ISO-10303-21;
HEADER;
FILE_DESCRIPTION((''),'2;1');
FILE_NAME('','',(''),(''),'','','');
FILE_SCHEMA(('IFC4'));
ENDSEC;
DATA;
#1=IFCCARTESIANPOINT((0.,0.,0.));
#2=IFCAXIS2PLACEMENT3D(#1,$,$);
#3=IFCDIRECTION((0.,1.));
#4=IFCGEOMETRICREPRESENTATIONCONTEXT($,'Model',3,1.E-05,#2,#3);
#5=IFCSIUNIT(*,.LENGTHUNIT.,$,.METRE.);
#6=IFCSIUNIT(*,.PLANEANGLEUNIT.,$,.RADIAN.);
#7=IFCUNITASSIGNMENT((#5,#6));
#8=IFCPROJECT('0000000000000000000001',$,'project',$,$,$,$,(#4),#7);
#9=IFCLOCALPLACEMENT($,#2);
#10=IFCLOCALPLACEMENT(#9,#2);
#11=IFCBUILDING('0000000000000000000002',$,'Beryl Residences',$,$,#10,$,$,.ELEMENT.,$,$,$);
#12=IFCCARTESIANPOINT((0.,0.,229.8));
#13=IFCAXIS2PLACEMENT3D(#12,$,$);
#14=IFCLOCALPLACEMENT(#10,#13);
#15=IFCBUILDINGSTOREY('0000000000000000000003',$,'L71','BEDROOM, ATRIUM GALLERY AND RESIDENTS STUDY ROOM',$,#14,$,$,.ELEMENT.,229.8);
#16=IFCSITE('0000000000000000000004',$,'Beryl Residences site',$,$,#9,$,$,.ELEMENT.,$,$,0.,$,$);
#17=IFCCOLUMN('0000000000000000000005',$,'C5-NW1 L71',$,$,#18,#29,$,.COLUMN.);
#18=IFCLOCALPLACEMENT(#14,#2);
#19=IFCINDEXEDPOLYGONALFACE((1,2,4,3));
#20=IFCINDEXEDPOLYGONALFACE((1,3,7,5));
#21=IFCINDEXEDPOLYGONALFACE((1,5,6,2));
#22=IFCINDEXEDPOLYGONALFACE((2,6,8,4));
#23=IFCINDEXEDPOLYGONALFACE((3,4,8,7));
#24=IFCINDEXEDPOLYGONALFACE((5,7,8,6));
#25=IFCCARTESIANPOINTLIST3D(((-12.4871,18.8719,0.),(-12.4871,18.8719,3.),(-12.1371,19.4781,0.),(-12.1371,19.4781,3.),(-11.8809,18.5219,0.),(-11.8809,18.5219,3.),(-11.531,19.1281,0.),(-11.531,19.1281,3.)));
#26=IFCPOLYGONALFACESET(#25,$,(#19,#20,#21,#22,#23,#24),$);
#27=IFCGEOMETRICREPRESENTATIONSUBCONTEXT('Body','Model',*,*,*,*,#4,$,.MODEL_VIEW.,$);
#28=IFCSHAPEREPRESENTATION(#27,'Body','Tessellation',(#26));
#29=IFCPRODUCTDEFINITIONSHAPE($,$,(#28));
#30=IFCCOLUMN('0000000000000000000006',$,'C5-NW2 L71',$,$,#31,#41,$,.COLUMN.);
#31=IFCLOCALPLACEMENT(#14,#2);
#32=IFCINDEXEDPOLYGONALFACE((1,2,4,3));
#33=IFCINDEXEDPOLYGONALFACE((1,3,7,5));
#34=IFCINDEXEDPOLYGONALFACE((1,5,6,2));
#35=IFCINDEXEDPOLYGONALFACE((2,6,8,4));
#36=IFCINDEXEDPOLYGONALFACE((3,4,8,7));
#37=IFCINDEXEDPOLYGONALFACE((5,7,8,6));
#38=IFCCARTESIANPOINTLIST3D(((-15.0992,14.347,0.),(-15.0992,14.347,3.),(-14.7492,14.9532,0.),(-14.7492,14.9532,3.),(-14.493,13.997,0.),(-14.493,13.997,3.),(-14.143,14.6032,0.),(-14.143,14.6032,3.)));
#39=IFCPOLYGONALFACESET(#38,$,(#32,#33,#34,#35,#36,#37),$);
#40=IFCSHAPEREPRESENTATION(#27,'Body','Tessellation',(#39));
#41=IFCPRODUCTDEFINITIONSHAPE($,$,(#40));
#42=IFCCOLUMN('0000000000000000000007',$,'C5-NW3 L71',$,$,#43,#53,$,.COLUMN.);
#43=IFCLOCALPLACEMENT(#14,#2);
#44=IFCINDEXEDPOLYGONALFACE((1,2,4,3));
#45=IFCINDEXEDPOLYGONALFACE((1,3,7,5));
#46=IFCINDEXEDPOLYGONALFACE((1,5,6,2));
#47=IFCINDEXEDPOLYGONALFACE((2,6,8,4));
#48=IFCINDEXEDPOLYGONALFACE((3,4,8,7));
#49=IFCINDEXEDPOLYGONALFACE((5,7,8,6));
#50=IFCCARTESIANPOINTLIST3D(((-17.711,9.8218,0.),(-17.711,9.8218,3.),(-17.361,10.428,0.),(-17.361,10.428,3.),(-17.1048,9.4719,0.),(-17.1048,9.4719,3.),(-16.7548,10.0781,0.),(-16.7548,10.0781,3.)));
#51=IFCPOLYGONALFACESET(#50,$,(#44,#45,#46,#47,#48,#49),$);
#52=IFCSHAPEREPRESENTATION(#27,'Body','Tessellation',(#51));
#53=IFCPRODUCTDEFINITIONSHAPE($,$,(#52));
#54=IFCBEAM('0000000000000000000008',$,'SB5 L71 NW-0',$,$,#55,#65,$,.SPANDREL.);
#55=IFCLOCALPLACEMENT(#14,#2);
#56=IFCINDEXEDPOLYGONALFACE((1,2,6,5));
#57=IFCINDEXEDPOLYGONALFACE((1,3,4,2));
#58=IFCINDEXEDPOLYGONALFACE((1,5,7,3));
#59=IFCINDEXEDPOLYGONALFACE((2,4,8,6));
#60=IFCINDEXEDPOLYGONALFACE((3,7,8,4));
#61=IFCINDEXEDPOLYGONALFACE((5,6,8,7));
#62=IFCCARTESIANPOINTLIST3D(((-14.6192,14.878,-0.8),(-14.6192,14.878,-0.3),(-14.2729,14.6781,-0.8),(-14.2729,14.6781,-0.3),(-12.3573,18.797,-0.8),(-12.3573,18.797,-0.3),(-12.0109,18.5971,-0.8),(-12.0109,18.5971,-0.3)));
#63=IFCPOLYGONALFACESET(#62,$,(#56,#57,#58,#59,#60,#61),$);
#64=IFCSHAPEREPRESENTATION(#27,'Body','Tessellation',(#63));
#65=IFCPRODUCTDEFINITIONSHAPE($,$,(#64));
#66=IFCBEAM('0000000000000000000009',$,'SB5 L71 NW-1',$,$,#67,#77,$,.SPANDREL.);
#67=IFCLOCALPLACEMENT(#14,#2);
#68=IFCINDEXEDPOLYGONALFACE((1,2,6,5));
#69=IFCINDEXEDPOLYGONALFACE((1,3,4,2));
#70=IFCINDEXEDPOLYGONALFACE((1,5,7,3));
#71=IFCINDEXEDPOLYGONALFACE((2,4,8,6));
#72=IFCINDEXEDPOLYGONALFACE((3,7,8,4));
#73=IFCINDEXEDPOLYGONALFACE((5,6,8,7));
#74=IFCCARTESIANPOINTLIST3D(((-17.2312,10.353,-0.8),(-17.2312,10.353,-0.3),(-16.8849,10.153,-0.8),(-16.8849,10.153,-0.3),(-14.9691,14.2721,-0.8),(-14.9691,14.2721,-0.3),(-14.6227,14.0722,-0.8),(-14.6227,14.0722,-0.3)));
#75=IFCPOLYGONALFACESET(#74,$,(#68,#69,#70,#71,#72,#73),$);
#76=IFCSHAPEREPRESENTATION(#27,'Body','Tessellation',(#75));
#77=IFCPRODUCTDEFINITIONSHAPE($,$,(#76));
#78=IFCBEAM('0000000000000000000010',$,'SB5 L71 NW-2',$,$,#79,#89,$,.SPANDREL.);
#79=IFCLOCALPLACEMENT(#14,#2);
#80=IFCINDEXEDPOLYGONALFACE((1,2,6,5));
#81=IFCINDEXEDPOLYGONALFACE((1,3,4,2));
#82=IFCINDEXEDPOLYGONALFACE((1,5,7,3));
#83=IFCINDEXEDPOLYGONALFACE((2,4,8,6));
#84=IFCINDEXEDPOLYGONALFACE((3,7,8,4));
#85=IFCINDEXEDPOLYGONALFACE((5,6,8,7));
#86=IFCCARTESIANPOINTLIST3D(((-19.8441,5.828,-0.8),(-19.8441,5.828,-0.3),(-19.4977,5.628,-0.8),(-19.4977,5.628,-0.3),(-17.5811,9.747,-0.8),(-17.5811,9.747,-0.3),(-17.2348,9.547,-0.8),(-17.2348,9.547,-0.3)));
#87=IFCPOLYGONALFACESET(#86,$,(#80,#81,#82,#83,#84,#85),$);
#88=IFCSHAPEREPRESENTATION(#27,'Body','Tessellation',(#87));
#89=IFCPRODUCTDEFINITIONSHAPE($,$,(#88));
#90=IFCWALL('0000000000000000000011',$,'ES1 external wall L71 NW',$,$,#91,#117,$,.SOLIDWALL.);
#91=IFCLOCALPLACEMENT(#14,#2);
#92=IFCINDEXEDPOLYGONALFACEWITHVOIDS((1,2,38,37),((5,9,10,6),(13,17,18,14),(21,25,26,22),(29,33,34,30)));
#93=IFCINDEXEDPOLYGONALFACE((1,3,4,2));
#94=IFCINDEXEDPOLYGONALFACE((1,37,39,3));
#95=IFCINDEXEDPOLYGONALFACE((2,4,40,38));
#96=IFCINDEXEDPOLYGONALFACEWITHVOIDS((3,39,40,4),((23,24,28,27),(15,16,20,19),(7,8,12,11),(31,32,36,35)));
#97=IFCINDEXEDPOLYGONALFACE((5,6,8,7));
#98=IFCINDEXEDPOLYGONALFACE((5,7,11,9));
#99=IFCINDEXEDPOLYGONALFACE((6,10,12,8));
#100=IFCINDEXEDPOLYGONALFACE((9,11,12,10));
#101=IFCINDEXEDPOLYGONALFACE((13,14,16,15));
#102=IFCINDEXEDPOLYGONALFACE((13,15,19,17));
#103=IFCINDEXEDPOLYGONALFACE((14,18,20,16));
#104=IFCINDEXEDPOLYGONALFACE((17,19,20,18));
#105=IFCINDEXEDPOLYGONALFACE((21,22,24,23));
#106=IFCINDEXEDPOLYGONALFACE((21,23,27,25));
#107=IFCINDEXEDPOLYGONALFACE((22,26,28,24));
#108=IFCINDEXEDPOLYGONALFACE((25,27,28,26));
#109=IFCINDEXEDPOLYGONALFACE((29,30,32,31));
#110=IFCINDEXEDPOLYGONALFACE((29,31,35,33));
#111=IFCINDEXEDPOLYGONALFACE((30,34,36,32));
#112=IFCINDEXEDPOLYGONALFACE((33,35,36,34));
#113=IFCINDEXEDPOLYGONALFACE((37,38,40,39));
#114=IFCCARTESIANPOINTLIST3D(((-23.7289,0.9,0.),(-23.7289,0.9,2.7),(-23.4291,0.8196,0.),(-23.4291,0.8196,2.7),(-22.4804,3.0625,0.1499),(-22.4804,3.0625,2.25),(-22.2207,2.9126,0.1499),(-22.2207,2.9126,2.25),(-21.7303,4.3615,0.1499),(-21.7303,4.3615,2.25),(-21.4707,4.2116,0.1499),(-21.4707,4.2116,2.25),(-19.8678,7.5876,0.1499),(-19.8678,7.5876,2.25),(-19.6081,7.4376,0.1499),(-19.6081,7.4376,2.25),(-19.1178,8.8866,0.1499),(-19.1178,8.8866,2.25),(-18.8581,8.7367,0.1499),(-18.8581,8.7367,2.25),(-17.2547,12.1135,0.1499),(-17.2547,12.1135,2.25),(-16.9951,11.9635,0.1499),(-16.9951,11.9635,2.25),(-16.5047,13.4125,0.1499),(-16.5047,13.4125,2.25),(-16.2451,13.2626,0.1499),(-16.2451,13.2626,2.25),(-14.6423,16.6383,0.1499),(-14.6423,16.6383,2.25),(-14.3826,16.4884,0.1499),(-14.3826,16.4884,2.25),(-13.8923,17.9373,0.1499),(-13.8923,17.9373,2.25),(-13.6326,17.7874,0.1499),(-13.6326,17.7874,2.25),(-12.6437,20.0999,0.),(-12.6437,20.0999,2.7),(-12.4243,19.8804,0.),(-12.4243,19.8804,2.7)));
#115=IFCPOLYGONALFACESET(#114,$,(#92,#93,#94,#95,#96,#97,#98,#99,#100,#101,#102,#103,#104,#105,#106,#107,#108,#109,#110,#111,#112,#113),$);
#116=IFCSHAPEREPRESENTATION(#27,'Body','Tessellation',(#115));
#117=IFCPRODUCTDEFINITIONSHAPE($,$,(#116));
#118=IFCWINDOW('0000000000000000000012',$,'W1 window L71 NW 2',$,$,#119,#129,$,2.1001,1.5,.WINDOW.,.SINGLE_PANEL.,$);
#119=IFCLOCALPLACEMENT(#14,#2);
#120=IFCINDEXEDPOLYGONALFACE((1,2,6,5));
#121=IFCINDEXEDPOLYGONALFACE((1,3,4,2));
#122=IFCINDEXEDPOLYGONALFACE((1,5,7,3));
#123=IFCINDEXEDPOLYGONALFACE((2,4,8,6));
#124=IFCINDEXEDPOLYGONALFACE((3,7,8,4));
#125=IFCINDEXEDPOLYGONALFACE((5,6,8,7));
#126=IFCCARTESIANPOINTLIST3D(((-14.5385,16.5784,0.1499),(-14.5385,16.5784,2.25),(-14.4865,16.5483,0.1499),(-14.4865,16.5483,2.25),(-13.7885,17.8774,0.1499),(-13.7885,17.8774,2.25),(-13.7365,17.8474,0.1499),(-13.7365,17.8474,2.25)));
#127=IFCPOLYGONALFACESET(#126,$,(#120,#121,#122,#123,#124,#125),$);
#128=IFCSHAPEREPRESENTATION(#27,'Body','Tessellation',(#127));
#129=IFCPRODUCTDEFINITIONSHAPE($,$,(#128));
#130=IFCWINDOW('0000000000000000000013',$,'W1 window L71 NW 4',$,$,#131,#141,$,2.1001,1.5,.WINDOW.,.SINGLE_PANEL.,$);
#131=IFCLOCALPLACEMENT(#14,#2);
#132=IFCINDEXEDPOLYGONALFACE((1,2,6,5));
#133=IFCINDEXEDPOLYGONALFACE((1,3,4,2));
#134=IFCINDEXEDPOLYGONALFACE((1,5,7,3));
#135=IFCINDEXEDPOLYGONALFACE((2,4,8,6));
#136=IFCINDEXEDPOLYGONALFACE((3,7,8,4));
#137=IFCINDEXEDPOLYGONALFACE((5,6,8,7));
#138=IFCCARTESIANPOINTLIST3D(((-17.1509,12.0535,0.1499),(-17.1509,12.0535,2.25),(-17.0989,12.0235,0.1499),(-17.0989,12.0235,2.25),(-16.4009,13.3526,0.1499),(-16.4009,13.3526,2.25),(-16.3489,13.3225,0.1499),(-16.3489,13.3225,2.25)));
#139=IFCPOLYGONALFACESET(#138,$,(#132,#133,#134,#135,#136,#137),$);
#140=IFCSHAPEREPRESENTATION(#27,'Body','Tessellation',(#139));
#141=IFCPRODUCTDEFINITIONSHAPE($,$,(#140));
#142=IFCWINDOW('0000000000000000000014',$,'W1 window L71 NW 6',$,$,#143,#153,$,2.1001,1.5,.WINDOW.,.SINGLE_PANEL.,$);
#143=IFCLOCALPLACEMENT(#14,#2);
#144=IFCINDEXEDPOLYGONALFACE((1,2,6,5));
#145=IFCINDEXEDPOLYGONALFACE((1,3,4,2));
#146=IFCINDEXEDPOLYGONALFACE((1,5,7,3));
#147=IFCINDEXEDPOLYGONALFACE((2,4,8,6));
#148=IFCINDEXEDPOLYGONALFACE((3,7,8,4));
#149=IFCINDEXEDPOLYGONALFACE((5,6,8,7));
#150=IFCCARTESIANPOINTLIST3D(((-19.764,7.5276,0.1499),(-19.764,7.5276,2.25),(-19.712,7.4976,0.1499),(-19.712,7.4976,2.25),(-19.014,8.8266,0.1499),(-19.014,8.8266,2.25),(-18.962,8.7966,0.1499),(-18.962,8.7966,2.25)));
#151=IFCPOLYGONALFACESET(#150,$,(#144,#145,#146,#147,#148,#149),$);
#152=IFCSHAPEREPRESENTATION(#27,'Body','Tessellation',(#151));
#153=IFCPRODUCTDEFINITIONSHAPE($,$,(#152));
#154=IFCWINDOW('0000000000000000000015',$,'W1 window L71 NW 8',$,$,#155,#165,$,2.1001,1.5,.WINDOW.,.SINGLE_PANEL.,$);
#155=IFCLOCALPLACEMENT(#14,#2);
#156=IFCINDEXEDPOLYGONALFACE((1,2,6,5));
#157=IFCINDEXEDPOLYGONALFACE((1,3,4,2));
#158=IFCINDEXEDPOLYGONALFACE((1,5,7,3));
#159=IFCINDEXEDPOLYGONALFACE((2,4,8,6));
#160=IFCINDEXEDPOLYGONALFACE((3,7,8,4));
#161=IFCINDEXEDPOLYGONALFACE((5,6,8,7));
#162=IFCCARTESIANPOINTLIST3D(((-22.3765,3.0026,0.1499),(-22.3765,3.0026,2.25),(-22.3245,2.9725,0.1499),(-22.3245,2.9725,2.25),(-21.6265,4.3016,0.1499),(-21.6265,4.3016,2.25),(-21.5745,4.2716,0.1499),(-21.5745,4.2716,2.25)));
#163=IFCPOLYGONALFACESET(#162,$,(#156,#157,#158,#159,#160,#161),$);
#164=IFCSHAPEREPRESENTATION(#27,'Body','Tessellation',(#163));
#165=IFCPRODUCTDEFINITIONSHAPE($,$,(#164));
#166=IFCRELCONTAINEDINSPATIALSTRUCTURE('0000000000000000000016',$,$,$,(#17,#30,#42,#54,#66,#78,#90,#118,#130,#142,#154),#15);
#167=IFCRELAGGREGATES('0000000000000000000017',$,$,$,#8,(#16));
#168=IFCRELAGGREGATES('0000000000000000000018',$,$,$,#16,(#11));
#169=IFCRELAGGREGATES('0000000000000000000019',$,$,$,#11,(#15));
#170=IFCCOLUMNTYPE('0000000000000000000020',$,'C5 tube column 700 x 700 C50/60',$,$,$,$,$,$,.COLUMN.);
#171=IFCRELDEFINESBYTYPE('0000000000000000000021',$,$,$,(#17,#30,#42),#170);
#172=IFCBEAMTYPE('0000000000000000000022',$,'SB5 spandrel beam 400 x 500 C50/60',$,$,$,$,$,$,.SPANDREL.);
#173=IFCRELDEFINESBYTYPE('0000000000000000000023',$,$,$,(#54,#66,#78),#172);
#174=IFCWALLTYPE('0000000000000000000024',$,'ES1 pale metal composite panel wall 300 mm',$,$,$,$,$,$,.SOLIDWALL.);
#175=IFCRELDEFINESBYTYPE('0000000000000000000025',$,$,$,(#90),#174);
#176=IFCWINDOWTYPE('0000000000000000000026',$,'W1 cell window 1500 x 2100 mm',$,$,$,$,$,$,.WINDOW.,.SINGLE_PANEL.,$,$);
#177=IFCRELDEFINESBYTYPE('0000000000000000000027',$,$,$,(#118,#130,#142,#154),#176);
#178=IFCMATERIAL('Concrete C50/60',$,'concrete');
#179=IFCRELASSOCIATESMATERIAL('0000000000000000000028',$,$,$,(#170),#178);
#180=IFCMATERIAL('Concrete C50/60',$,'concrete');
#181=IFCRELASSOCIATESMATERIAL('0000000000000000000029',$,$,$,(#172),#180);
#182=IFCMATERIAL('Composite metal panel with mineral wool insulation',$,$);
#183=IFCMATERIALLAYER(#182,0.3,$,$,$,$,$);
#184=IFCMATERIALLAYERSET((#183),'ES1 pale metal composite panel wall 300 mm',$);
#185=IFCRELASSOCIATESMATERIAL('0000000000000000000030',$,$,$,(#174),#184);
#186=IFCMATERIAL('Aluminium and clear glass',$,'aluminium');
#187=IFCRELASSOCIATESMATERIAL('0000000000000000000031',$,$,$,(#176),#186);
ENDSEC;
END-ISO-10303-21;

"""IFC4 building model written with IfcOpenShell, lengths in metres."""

from ifc_helpers import new_model, si_unit, direction, frame, frame_2d, origin, origin_2d, place, context, subcontext, project, spatial, polyline, rectangle, outline, extrude, material, layer, layer_set, material_profile, profile_set, type_object, element, fill, save


model = new_model("IFC4")

# Units and contexts
model_context = context("Model", 3, precision=1e-05, world=origin(), true_north=direction((0.0, 1.0)))
body_context = subcontext(model_context, "Body", "Model", "MODEL_VIEW")
ifc_project = project(units=[si_unit("LENGTHUNIT", "METRE"), si_unit("PLANEANGLEUNIT", "RADIAN")], contexts=[model_context])

# Site, building, storey
site_placement = place(None, origin())
site = spatial("IfcSite", under=ifc_project, at=site_placement, Name="Beryl Residences site", CompositionType="ELEMENT", RefElevation=0.0)
building_placement = place(site_placement, origin())
building = spatial("IfcBuilding", under=site, at=building_placement, Name="Beryl Residences", CompositionType="ELEMENT")
storey_placement = place(building_placement, frame((0.0, 0.0, 229.8)))
storey = spatial("IfcBuildingStorey", under=building, at=storey_placement, Name="L71", Description="BEDROOM, ATRIUM GALLERY AND RESIDENTS STUDY ROOM", CompositionType="ELEMENT", Elevation=229.8)

# Columns
ifc_material_1 = material(Name="Concrete C50/60", Category="concrete")
ifc_material_profile_1 = material_profile(ifc_material_1, rectangle(XDim=0.7, YDim=0.7, at=origin_2d()))
ifc_profile_set_1 = profile_set([ifc_material_profile_1], Name="Concrete C50/60")
column_type = type_object("IfcColumnType", Name="C5 tube column 700 x 700 C50/60", PredefinedType="COLUMN", material=ifc_profile_set_1)
for number, where, z_axis, x_axis, name in (
    (1, (-12.009, 19.0, 0.0), (0.0, 0.0, 1.0), (-0.49997, -0.866043, 0.0), "C5-NW1 L71"),
    (2, (-14.6211, 14.4751, 0.0), (0.0, 0.0, 1.0), (-0.49997, -0.866043, 0.0), "C5-NW2 L71"),
    (3, (-17.2329, 9.95, 0.0), (0.0, 0.0, 1.0), (-0.49997, -0.866043, 0.0), "C5-NW3 L71"),
):
    element("IfcColumn", number, at=place(storey_placement, frame(where, z_axis=z_axis, x_axis=x_axis)), inside=storey, type_object=column_type, Name=name, PredefinedType="COLUMN", context=body_context, shape_type="SweptSolid", body=[
        extrude(rectangle(XDim=0.7, YDim=0.7, at=origin_2d()), origin(), (0.0, 0.0, 1.0), 3.0),
    ])

# Beams
ifc_material_2 = material(Name="Concrete C50/60", Category="concrete")
ifc_material_profile_2 = material_profile(ifc_material_2, rectangle(XDim=0.3999, YDim=0.5, at=origin_2d()))
ifc_profile_set_2 = profile_set([ifc_material_profile_2], Name="Concrete C50/60")
beam_type = type_object("IfcBeamType", Name="SB5 spandrel beam 400 x 500 C50/60", PredefinedType="SPANDREL", material=ifc_profile_set_2)
beam_1_placement = place(storey_placement, frame((-12.1841, 18.697, -0.55), z_axis=(-0.499894, -0.866087, 0.0), x_axis=(0.866087, -0.499894, 0.0)))
element("IfcBeam", 4, at=beam_1_placement, inside=storey, type_object=beam_type, Name="SB5 L71 NW-0", PredefinedType="SPANDREL", context=body_context, shape_type="SweptSolid", body=[
    extrude(rectangle(XDim=0.3999, YDim=0.5, at=origin_2d()), origin(), (0.0, 0.0, 1.0), 4.5249),
])
beam_2_placement = place(storey_placement, frame((-14.7959, 14.1721, -0.55), z_axis=(-0.499911, -0.866077, 0.0), x_axis=(0.866077, -0.499911, 0.0)))
element("IfcBeam", 5, at=beam_2_placement, inside=storey, type_object=beam_type, Name="SB5 L71 NW-1", PredefinedType="SPANDREL", context=body_context, shape_type="SweptSolid", body=[
    extrude(rectangle(XDim=0.3999, YDim=0.5, at=origin_2d()), origin(), (0.0, 0.0, 1.0), 4.5251),
])
beam_3_placement = place(storey_placement, frame((-17.408, 9.647, -0.55), z_axis=(-0.500056, -0.865993, 0.0), x_axis=(0.865993, -0.500056, 0.0)))
element("IfcBeam", 6, at=beam_3_placement, inside=storey, type_object=beam_type, Name="SB5 L71 NW-2", PredefinedType="SPANDREL", context=body_context, shape_type="SweptSolid", body=[
    extrude(rectangle(XDim=0.3999, YDim=0.5, at=origin_2d()), origin(), (0.0, 0.0, 1.0), 4.5254),
])

# Wall, openings, windows
ifc_material_3 = material(Name="Composite metal panel with mineral wool insulation")
ifc_layer_1 = layer(ifc_material_3, 0.3)
ifc_layer_set_1 = layer_set([ifc_layer_1], Name="ES1 pale metal composite panel wall 300 mm")
wall_type_1 = type_object("IfcWallType", Name="ES1 pale metal composite panel wall 300 mm", PredefinedType="SOLIDWALL", material=ifc_layer_set_1)
wall_1_placement = place(storey_placement, frame((-12.5139, 20.0249, 0.0), z_axis=(0.0, 0.0, 1.0), x_axis=(-0.500004, -0.866023, 0.0)))
wall_1 = element("IfcWall", 7, at=wall_1_placement, inside=storey, type_object=wall_type_1, Name="ES1 external wall L71 NW", PredefinedType="SOLIDWALL", context=body_context, shape_type="SweptSolid", body=[
    extrude(outline(polyline([(0.0, -0.1499), (22.1702, -0.1499), (22.0898, 0.1499), (0.0803, 0.1499), (0.0, -0.1499)])), origin(), (0.0, 0.0, 1.0), 2.7),
])
opening_1_placement = place(wall_1_placement, frame((2.4971, 0.0, 0.1499)))
opening_1 = element("IfcOpeningElement", 8, at=opening_1_placement, cuts=wall_1, PredefinedType="OPENING", context=body_context, shape_type="SweptSolid", body=[
    extrude(rectangle(XDim=1.5, YDim=2.1001, at=frame_2d((0.75, 1.05))), frame((0.0, 0.1599, 0.0), z_axis=(0.0, -1.0, 0.0), x_axis=(1.0, 0.0, 0.0)), (0.0, 0.0, 1.0), 0.3201),
])
opening_2_placement = place(wall_1_placement, frame((7.7219, 0.0, 0.1499)))
opening_2 = element("IfcOpeningElement", 9, at=opening_2_placement, cuts=wall_1, PredefinedType="OPENING", context=body_context, shape_type="SweptSolid", body=[
    extrude(rectangle(XDim=1.5, YDim=2.1001, at=frame_2d((0.75, 1.05))), frame((0.0, 0.1599, 0.0), z_axis=(0.0, -1.0, 0.0), x_axis=(1.0, 0.0, 0.0)), (0.0, 0.0, 1.0), 0.3201),
])
opening_3_placement = place(wall_1_placement, frame((12.948, 0.0, 0.1499)))
opening_3 = element("IfcOpeningElement", 10, at=opening_3_placement, cuts=wall_1, PredefinedType="OPENING", context=body_context, shape_type="SweptSolid", body=[
    extrude(rectangle(XDim=1.5, YDim=2.1001, at=frame_2d((0.75, 1.05))), frame((0.0, 0.1599, 0.0), z_axis=(0.0, -1.0, 0.0), x_axis=(1.0, 0.0, 0.0)), (0.0, 0.0, 1.0), 0.3201),
])
opening_4_placement = place(wall_1_placement, frame((18.1731, 0.0, 0.1499)))
opening_4 = element("IfcOpeningElement", 11, at=opening_4_placement, cuts=wall_1, PredefinedType="OPENING", context=body_context, shape_type="SweptSolid", body=[
    extrude(rectangle(XDim=1.5, YDim=2.1001, at=frame_2d((0.75, 1.05))), frame((0.0, 0.1599, 0.0), z_axis=(0.0, -1.0, 0.0), x_axis=(1.0, 0.0, 0.0)), (0.0, 0.0, 1.0), 0.3201),
])
ifc_material_4 = material(Name="Aluminium and clear glass", Category="aluminium")
window_type = type_object("IfcWindowType", Name="W1 cell window 1500 x 2100 mm", PartitioningType="SINGLE_PANEL", PredefinedType="WINDOW", material=ifc_material_4)
window_1_placement = place(opening_1_placement, origin())
window_1 = element("IfcWindow", 12, at=window_1_placement, inside=storey, type_object=window_type, Name="W1 window L71 NW 2", OverallHeight=2.1001, OverallWidth=1.5, PartitioningType="SINGLE_PANEL", PredefinedType="WINDOW", context=body_context, shape_type="SweptSolid", body=[
    extrude(rectangle(XDim=1.5, YDim=2.1001, at=frame_2d((0.75, 1.05))), frame((0.0, 0.03, 0.0), z_axis=(0.0, -1.0, 0.0), x_axis=(1.0, 0.0, 0.0)), (0.0, 0.0, 1.0), 0.0601),
])
fill(opening_1, window_1)
window_2_placement = place(opening_2_placement, origin())
window_2 = element("IfcWindow", 13, at=window_2_placement, inside=storey, type_object=window_type, Name="W1 window L71 NW 4", OverallHeight=2.1001, OverallWidth=1.5, PartitioningType="SINGLE_PANEL", PredefinedType="WINDOW", context=body_context, shape_type="SweptSolid", body=[
    extrude(rectangle(XDim=1.5, YDim=2.1001, at=frame_2d((0.75, 1.05))), frame((0.0, 0.03, 0.0), z_axis=(0.0, -1.0, 0.0), x_axis=(1.0, 0.0, 0.0)), (0.0, 0.0, 1.0), 0.0601),
])
fill(opening_2, window_2)
window_3_placement = place(opening_3_placement, origin())
window_3 = element("IfcWindow", 14, at=window_3_placement, inside=storey, type_object=window_type, Name="W1 window L71 NW 6", OverallHeight=2.1001, OverallWidth=1.5, PartitioningType="SINGLE_PANEL", PredefinedType="WINDOW", context=body_context, shape_type="SweptSolid", body=[
    extrude(rectangle(XDim=1.5, YDim=2.1001, at=frame_2d((0.75, 1.05))), frame((0.0, 0.03, 0.0), z_axis=(0.0, -1.0, 0.0), x_axis=(1.0, 0.0, 0.0)), (0.0, 0.0, 1.0), 0.0601),
])
fill(opening_3, window_3)
window_4_placement = place(opening_4_placement, origin())
window_4 = element("IfcWindow", 15, at=window_4_placement, inside=storey, type_object=window_type, Name="W1 window L71 NW 8", OverallHeight=2.1001, OverallWidth=1.5, PartitioningType="SINGLE_PANEL", PredefinedType="WINDOW", context=body_context, shape_type="SweptSolid", body=[
    extrude(rectangle(XDim=1.5, YDim=2.1001, at=frame_2d((0.75, 1.05))), frame((0.0, 0.03, 0.0), z_axis=(0.0, -1.0, 0.0), x_axis=(1.0, 0.0, 0.0)), (0.0, 0.0, 1.0), 0.0601),
])
fill(opening_4, window_4)

save(model, "model.ifc")
